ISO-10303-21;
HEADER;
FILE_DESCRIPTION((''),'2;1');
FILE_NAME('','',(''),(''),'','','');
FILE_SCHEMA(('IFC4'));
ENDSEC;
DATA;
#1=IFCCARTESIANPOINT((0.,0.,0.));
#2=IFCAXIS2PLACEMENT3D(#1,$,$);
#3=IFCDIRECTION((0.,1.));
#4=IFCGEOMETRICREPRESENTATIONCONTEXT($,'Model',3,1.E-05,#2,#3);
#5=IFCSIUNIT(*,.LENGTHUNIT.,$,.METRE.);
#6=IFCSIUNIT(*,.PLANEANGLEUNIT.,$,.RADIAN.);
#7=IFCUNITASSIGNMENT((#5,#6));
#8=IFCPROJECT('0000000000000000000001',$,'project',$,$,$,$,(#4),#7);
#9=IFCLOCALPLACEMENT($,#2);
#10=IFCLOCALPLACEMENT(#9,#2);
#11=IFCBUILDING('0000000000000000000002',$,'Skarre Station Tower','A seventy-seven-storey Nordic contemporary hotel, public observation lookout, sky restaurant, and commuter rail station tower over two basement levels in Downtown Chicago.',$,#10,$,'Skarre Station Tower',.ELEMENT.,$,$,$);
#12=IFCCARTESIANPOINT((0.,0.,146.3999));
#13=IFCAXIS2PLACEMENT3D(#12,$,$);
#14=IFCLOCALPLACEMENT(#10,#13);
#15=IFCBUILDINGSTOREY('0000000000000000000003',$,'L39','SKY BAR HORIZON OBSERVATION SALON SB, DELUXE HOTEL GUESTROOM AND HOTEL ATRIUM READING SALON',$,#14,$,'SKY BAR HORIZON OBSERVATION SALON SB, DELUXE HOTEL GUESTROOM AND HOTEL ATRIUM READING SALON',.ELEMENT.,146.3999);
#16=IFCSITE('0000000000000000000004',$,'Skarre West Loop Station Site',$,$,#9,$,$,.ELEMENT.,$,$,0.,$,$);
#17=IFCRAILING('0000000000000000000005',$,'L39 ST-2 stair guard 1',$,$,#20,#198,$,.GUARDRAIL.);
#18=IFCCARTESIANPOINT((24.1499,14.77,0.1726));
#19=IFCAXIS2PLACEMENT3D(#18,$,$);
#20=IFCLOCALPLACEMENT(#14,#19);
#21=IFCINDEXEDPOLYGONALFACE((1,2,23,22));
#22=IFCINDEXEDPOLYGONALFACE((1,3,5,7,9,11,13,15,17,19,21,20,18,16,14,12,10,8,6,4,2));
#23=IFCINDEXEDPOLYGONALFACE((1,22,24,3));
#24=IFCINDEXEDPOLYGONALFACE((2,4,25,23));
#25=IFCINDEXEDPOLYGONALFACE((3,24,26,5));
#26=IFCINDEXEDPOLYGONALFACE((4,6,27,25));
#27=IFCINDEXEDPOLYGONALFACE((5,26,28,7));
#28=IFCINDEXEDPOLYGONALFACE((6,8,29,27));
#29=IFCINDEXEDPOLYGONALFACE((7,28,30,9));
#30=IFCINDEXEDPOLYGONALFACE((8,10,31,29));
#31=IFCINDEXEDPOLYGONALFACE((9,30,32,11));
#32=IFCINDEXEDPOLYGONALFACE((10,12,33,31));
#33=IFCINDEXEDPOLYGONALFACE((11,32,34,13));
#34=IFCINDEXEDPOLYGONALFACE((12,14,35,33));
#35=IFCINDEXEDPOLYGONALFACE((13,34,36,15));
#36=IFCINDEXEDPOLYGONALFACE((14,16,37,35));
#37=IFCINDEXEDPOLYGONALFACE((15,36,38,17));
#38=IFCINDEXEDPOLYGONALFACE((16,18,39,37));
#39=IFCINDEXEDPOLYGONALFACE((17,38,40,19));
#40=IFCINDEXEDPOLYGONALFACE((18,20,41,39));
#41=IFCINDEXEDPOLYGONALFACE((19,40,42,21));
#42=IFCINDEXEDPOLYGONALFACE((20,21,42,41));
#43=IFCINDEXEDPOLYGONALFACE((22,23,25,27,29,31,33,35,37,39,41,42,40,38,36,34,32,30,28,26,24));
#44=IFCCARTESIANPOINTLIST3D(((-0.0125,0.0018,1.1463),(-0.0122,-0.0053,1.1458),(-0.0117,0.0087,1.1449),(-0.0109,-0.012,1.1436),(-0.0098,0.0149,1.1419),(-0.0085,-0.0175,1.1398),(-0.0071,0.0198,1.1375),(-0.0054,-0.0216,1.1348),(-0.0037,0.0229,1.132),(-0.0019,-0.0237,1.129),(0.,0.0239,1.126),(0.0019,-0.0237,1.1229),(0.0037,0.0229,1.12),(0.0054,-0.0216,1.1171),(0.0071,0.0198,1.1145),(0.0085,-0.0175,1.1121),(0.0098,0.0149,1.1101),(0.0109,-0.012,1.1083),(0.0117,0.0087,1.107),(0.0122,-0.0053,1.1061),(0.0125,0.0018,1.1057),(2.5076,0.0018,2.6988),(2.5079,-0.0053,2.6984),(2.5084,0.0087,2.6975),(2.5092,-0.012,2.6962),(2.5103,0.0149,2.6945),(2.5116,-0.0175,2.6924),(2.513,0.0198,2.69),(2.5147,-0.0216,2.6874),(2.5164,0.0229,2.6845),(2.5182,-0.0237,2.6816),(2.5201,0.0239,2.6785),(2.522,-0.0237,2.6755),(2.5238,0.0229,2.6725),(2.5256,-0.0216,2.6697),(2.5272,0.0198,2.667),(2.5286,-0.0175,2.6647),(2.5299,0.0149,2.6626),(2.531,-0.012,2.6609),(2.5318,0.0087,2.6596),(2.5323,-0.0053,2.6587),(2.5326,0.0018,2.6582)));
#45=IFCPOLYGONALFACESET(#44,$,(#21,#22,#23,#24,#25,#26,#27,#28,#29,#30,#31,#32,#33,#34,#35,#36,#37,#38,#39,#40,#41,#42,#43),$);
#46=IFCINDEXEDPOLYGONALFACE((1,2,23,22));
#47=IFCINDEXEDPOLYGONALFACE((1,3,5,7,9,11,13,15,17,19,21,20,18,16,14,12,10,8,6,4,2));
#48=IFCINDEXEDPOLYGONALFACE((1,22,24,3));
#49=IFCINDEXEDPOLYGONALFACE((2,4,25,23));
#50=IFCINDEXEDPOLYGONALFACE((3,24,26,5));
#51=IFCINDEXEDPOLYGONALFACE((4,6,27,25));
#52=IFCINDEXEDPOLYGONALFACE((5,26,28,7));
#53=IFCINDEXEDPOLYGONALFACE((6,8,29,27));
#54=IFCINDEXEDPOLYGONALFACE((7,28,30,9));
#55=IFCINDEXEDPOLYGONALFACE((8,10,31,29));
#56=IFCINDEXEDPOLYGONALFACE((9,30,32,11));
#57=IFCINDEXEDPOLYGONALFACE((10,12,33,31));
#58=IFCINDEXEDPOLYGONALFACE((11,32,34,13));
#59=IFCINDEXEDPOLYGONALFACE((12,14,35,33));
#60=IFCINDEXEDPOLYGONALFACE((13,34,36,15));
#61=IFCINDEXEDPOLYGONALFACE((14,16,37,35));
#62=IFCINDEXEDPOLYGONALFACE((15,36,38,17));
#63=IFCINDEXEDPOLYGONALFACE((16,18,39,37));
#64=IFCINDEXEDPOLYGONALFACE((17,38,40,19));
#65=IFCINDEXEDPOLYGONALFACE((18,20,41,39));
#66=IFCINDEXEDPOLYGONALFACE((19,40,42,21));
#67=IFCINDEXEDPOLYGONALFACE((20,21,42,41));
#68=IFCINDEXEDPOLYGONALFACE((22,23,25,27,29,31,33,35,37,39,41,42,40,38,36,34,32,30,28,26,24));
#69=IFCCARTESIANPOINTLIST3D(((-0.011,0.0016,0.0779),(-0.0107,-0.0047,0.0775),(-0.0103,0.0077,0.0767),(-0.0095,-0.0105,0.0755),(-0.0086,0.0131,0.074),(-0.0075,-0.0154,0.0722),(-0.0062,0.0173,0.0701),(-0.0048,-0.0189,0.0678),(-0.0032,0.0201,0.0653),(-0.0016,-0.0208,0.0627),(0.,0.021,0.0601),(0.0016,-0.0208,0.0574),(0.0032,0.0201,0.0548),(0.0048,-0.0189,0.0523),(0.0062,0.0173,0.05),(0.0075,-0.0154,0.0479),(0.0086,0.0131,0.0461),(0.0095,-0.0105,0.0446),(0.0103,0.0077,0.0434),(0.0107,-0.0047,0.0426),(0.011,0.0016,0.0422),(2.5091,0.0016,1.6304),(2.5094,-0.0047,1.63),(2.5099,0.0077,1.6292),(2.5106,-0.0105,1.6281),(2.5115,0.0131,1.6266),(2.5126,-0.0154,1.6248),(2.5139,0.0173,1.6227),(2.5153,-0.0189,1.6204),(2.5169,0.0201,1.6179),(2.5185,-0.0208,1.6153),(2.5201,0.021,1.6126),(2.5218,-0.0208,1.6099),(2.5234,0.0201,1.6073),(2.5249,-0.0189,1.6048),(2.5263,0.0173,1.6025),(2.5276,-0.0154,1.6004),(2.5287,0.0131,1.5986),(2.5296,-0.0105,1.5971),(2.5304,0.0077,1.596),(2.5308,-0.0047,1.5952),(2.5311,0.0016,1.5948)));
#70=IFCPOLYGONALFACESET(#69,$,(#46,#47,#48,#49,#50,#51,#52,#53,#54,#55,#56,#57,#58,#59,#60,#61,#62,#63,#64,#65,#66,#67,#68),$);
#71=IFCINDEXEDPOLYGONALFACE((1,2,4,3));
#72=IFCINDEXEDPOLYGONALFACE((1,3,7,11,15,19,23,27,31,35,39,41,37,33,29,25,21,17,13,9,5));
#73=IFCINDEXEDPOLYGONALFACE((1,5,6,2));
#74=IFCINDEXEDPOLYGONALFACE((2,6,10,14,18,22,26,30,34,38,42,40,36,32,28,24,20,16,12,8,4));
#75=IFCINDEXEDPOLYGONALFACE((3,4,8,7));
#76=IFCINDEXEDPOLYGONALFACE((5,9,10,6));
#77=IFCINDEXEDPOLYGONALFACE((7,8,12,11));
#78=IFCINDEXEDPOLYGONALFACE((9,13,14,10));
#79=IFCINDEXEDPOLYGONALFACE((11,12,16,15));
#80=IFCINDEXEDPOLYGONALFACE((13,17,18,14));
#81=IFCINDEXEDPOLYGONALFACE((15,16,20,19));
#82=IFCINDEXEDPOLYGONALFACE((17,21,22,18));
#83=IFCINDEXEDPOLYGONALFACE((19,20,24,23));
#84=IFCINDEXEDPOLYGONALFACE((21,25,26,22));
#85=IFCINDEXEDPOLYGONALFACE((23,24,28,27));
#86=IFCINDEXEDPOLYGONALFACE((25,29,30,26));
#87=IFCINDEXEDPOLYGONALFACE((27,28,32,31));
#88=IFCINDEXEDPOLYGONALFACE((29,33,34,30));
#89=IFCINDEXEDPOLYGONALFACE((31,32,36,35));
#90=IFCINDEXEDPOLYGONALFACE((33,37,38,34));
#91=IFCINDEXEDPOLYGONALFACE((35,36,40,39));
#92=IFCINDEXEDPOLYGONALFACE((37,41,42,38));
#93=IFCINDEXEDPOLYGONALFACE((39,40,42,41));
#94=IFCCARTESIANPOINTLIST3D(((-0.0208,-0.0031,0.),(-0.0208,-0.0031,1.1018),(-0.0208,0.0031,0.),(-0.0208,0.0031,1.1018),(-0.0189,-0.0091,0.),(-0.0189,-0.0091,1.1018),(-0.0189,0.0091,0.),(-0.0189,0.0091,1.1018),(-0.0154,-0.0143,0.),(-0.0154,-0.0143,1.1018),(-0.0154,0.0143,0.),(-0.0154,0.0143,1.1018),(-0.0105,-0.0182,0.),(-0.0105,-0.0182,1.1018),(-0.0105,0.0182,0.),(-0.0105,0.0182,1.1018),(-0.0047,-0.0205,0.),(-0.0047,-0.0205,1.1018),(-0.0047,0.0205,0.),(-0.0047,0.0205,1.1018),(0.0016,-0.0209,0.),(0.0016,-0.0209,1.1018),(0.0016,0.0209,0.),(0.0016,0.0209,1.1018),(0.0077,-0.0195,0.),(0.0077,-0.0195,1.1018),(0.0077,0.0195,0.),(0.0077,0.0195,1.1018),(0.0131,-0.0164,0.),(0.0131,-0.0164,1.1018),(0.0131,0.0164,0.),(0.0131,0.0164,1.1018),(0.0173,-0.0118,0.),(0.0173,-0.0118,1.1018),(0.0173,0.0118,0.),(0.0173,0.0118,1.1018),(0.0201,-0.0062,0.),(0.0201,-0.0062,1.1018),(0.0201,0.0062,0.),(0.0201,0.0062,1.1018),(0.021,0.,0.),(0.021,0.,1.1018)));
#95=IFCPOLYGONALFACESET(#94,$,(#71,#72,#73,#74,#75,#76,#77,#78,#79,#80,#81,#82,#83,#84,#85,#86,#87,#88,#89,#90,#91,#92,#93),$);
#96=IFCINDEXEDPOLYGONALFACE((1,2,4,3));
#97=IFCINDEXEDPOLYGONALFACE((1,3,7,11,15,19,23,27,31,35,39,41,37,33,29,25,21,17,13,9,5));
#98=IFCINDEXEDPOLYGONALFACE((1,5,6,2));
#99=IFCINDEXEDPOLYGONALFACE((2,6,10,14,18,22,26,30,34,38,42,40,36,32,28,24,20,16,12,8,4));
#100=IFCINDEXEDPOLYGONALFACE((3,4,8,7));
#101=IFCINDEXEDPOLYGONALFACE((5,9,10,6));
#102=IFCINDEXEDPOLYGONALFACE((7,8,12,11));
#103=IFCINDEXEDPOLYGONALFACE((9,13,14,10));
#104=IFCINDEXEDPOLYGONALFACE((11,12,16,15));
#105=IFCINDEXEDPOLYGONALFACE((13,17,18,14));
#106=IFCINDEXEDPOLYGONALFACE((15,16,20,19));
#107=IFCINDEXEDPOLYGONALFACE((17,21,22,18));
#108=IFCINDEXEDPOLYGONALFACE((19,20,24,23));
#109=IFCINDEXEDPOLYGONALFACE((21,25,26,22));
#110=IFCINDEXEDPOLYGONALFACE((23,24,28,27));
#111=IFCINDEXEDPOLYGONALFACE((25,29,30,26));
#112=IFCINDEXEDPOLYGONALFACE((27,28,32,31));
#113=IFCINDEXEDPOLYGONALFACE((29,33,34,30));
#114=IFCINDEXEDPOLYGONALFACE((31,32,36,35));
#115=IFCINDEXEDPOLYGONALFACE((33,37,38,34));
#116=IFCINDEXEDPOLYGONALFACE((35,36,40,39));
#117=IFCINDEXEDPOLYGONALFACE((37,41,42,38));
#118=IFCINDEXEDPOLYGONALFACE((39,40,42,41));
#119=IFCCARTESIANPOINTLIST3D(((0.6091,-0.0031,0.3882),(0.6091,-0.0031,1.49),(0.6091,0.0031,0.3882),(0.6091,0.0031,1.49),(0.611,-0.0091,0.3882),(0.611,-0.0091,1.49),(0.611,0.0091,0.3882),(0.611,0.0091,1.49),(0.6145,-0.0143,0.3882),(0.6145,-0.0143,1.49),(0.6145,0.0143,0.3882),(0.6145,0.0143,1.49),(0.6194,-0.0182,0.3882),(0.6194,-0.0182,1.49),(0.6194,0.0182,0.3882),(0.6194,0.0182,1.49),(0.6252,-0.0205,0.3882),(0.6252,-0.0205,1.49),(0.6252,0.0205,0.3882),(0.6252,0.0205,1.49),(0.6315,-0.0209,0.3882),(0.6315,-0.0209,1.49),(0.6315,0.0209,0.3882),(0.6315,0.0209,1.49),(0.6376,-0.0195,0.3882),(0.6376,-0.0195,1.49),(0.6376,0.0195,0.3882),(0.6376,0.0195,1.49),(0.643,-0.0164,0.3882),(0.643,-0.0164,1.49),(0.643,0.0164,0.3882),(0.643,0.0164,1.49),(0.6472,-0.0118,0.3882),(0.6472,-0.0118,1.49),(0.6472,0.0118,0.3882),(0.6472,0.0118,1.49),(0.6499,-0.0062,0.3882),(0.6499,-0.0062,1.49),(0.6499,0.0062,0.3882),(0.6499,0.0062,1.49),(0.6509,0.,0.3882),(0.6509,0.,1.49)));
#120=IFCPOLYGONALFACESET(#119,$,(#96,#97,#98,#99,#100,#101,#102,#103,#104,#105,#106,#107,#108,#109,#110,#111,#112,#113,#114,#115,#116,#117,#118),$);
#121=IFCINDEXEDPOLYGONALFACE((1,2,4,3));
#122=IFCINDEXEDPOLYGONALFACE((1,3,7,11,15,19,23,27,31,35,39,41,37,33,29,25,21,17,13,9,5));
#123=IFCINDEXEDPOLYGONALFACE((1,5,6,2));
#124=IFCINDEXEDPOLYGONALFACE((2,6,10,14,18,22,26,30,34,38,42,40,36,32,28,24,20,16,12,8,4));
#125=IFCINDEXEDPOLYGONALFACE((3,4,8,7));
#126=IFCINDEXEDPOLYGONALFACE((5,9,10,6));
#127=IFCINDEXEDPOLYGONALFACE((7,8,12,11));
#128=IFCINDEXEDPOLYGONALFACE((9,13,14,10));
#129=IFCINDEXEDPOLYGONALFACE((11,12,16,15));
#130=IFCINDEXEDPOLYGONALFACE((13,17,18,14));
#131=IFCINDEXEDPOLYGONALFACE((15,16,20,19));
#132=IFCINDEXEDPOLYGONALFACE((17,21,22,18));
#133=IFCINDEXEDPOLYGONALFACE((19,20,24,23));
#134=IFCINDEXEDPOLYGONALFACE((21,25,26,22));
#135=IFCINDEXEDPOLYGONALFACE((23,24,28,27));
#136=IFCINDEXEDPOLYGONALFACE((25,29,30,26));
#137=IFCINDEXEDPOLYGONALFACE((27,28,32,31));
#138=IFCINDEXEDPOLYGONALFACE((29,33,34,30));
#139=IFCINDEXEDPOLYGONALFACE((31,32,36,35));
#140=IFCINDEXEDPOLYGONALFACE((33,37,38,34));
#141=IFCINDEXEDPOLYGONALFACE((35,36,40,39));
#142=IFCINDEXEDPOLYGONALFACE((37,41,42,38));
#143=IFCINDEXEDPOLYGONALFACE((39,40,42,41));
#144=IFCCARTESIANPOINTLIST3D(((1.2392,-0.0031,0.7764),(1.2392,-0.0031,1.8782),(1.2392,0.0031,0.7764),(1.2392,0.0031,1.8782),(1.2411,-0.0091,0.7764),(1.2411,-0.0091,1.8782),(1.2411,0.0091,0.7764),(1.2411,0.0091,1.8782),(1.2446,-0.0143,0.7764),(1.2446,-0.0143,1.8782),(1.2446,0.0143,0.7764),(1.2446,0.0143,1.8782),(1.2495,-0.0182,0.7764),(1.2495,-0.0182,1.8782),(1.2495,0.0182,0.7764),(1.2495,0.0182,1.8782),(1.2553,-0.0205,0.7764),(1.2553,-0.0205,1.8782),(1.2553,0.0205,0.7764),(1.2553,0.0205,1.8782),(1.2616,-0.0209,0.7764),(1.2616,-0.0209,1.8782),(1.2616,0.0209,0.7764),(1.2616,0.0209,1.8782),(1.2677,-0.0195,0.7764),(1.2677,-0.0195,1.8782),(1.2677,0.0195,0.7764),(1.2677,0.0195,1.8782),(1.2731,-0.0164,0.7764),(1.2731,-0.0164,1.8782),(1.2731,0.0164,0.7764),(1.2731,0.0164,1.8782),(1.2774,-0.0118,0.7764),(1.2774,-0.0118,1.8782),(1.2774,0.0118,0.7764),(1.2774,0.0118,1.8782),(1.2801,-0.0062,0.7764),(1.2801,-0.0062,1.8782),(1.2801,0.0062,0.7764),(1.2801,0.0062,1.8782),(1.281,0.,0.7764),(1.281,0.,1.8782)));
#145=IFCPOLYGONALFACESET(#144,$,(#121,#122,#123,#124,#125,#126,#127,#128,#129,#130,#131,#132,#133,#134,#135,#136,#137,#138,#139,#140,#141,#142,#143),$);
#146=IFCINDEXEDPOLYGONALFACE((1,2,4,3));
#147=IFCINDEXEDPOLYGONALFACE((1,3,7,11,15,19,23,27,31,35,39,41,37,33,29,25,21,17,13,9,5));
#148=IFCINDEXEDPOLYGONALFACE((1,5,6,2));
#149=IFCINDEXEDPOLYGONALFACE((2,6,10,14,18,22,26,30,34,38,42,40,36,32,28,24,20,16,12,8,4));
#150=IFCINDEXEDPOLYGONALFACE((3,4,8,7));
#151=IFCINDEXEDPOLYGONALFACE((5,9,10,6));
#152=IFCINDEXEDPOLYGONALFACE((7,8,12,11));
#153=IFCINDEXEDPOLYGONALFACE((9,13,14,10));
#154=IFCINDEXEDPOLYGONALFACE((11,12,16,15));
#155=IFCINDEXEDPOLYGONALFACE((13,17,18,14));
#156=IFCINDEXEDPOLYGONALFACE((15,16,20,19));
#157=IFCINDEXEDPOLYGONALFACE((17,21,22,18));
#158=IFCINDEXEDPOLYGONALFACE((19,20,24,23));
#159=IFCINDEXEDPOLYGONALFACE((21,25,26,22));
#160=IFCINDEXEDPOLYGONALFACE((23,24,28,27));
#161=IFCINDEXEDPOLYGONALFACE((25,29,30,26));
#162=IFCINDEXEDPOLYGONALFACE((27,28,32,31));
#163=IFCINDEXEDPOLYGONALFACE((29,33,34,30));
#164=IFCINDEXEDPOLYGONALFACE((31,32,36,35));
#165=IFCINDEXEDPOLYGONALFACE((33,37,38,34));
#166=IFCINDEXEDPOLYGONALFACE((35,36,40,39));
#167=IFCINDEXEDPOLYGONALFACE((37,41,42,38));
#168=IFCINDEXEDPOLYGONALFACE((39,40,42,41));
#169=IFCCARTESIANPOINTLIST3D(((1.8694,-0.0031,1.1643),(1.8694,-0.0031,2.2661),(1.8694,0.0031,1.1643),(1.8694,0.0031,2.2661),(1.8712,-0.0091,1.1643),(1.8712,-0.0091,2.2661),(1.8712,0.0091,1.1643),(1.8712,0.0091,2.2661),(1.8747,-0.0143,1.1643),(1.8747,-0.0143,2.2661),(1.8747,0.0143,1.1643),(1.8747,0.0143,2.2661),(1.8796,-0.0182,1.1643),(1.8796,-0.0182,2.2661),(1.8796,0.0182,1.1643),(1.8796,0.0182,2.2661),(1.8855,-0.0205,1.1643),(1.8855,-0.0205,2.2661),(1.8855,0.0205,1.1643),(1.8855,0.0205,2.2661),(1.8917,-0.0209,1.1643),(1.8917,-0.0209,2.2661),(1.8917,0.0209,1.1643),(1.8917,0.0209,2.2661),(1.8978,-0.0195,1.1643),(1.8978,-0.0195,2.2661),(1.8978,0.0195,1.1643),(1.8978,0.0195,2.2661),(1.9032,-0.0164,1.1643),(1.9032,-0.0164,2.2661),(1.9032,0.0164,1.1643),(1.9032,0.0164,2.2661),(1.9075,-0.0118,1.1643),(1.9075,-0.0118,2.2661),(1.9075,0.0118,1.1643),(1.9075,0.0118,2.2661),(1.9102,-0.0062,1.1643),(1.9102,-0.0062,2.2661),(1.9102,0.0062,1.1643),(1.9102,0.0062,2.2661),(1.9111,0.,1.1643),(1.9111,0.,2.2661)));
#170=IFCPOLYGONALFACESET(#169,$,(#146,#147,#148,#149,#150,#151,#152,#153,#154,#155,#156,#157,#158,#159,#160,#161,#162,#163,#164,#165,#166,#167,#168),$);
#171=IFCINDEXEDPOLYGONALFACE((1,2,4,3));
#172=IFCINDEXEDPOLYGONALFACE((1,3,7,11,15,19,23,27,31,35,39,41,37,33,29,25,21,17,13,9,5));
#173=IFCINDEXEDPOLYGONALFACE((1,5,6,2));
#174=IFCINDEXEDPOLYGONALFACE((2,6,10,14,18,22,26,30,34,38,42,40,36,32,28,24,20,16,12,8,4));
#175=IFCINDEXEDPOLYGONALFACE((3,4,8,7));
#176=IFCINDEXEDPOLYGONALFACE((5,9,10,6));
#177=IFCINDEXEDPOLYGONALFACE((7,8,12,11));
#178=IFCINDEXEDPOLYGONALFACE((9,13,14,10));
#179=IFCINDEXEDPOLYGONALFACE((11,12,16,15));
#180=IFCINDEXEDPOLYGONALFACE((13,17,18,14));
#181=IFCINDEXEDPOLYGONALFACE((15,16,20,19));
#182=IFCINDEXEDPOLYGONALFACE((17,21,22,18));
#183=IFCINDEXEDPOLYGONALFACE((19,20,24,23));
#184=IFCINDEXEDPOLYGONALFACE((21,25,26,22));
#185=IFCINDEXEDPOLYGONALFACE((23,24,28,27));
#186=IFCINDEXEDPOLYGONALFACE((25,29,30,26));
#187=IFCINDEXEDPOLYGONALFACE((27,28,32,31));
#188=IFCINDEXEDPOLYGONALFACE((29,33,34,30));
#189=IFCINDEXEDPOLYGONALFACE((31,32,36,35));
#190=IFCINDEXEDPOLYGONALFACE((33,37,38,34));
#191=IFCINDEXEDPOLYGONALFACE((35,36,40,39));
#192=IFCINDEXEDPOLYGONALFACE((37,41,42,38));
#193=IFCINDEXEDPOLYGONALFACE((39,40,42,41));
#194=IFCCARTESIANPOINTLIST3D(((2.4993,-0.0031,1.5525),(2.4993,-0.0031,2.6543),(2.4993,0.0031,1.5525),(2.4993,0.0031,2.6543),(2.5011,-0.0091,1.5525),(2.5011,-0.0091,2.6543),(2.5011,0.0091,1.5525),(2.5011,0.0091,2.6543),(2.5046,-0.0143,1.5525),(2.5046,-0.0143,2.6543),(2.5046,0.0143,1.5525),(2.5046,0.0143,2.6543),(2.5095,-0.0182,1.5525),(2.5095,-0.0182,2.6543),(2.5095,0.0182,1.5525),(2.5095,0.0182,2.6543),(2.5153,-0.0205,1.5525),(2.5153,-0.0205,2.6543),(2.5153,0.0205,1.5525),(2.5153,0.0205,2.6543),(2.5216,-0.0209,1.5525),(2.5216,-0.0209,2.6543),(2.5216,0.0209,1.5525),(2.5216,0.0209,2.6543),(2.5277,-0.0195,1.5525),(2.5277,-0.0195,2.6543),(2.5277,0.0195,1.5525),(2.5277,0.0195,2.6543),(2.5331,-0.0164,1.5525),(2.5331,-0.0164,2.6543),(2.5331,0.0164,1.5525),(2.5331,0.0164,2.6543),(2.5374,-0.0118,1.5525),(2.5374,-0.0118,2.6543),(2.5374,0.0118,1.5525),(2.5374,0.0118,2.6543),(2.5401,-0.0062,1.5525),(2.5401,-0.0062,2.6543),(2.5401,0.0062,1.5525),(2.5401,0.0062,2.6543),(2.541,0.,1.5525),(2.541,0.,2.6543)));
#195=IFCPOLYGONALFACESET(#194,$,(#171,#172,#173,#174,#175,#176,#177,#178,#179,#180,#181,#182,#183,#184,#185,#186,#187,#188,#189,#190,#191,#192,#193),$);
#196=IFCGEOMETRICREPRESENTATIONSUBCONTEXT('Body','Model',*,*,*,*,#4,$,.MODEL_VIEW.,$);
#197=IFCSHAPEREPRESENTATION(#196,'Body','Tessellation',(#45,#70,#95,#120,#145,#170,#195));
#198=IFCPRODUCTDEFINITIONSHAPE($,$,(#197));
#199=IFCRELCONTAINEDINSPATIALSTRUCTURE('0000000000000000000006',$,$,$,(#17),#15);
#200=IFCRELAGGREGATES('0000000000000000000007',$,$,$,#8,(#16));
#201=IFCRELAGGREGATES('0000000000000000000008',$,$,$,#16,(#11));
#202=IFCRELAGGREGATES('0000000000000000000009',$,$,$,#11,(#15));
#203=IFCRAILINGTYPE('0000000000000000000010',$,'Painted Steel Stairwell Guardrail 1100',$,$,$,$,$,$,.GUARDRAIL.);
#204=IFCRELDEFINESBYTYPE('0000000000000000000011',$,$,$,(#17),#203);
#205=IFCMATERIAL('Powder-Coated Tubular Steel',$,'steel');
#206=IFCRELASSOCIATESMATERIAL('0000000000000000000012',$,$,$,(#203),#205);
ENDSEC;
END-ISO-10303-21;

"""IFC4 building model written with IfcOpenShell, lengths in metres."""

from ifc_helpers import new_model, si_unit, direction, frame, origin, origin_2d, place, context, subcontext, project, spatial, circle, extrude, material, type_object, element, save


model = new_model("IFC4")

# Units and contexts
model_context = context("Model", 3, precision=1e-05, world=origin(), true_north=direction((0.0, 1.0)))
body_context = subcontext(model_context, "Body", "Model", "MODEL_VIEW")
ifc_project = project(units=[si_unit("LENGTHUNIT", "METRE"), si_unit("PLANEANGLEUNIT", "RADIAN")], contexts=[model_context])

# Site, building, storey
site_placement = place(None, origin())
site = spatial("IfcSite", under=ifc_project, at=site_placement, Name="Skarre West Loop Station Site", CompositionType="ELEMENT", RefElevation=0.0)
building_placement = place(site_placement, origin())
building = spatial("IfcBuilding", under=site, at=building_placement, Name="Skarre Station Tower", Description="A seventy-seven-storey Nordic contemporary hotel, public observation lookout, sky restaurant, and commuter rail station tower over two basement levels in Downtown Chicago.", LongName="Skarre Station Tower", CompositionType="ELEMENT")
storey_placement = place(building_placement, frame((0.0, 0.0, 146.3999)))
storey = spatial("IfcBuildingStorey", under=building, at=storey_placement, Name="L39", Description="SKY BAR HORIZON OBSERVATION SALON SB, DELUXE HOTEL GUESTROOM AND HOTEL ATRIUM READING SALON", LongName="SKY BAR HORIZON OBSERVATION SALON SB, DELUXE HOTEL GUESTROOM AND HOTEL ATRIUM READING SALON", CompositionType="ELEMENT", Elevation=146.3999)

# Railing
ifc_material_1 = material(Name="Powder-Coated Tubular Steel", Category="steel")
railing_type_1 = type_object("IfcRailingType", Name="Painted Steel Stairwell Guardrail 1100", PredefinedType="GUARDRAIL", material=ifc_material_1)
railing_1_placement = place(storey_placement, frame((24.1499, 14.77, 0.1726)))
element("IfcRailing", 1, at=railing_1_placement, inside=storey, type_object=railing_type_1, Name="L39 ST-2 stair guard 1", PredefinedType="GUARDRAIL", context=body_context, shape_type="SweptSolid", body=[
    extrude(circle(Radius=0.0239, at=origin_2d()), frame((0.0, 0.0, 1.126), z_axis=(0.8514, 0.0, 0.524516), x_axis=(0.0, 1.0, 0.0)), (0.0, 0.0, 1.0), 2.96),
    extrude(circle(Radius=0.021, at=origin_2d()), frame((0.0, 0.0, 0.0601), z_axis=(0.8514, 0.0, 0.524516), x_axis=(0.0, 1.0, 0.0)), (0.0, 0.0, 1.0), 2.96),
    extrude(circle(Radius=0.021, at=origin_2d()), origin(), (0.0, 0.0, 1.0), 1.1018),
    extrude(circle(Radius=0.021, at=origin_2d()), frame((0.6299, 0.0, 0.3882)), (0.0, 0.0, 1.0), 1.1018),
    extrude(circle(Radius=0.021, at=origin_2d()), frame((1.26, 0.0, 0.7764)), (0.0, 0.0, 1.0), 1.1018),
    extrude(circle(Radius=0.021, at=origin_2d()), frame((1.8901, 0.0, 1.1643)), (0.0, 0.0, 1.0), 1.1018),
    extrude(circle(Radius=0.021, at=origin_2d()), frame((2.52, 0.0, 1.5525)), (0.0, 0.0, 1.0), 1.1018),
])

save(model, "model.ifc")
